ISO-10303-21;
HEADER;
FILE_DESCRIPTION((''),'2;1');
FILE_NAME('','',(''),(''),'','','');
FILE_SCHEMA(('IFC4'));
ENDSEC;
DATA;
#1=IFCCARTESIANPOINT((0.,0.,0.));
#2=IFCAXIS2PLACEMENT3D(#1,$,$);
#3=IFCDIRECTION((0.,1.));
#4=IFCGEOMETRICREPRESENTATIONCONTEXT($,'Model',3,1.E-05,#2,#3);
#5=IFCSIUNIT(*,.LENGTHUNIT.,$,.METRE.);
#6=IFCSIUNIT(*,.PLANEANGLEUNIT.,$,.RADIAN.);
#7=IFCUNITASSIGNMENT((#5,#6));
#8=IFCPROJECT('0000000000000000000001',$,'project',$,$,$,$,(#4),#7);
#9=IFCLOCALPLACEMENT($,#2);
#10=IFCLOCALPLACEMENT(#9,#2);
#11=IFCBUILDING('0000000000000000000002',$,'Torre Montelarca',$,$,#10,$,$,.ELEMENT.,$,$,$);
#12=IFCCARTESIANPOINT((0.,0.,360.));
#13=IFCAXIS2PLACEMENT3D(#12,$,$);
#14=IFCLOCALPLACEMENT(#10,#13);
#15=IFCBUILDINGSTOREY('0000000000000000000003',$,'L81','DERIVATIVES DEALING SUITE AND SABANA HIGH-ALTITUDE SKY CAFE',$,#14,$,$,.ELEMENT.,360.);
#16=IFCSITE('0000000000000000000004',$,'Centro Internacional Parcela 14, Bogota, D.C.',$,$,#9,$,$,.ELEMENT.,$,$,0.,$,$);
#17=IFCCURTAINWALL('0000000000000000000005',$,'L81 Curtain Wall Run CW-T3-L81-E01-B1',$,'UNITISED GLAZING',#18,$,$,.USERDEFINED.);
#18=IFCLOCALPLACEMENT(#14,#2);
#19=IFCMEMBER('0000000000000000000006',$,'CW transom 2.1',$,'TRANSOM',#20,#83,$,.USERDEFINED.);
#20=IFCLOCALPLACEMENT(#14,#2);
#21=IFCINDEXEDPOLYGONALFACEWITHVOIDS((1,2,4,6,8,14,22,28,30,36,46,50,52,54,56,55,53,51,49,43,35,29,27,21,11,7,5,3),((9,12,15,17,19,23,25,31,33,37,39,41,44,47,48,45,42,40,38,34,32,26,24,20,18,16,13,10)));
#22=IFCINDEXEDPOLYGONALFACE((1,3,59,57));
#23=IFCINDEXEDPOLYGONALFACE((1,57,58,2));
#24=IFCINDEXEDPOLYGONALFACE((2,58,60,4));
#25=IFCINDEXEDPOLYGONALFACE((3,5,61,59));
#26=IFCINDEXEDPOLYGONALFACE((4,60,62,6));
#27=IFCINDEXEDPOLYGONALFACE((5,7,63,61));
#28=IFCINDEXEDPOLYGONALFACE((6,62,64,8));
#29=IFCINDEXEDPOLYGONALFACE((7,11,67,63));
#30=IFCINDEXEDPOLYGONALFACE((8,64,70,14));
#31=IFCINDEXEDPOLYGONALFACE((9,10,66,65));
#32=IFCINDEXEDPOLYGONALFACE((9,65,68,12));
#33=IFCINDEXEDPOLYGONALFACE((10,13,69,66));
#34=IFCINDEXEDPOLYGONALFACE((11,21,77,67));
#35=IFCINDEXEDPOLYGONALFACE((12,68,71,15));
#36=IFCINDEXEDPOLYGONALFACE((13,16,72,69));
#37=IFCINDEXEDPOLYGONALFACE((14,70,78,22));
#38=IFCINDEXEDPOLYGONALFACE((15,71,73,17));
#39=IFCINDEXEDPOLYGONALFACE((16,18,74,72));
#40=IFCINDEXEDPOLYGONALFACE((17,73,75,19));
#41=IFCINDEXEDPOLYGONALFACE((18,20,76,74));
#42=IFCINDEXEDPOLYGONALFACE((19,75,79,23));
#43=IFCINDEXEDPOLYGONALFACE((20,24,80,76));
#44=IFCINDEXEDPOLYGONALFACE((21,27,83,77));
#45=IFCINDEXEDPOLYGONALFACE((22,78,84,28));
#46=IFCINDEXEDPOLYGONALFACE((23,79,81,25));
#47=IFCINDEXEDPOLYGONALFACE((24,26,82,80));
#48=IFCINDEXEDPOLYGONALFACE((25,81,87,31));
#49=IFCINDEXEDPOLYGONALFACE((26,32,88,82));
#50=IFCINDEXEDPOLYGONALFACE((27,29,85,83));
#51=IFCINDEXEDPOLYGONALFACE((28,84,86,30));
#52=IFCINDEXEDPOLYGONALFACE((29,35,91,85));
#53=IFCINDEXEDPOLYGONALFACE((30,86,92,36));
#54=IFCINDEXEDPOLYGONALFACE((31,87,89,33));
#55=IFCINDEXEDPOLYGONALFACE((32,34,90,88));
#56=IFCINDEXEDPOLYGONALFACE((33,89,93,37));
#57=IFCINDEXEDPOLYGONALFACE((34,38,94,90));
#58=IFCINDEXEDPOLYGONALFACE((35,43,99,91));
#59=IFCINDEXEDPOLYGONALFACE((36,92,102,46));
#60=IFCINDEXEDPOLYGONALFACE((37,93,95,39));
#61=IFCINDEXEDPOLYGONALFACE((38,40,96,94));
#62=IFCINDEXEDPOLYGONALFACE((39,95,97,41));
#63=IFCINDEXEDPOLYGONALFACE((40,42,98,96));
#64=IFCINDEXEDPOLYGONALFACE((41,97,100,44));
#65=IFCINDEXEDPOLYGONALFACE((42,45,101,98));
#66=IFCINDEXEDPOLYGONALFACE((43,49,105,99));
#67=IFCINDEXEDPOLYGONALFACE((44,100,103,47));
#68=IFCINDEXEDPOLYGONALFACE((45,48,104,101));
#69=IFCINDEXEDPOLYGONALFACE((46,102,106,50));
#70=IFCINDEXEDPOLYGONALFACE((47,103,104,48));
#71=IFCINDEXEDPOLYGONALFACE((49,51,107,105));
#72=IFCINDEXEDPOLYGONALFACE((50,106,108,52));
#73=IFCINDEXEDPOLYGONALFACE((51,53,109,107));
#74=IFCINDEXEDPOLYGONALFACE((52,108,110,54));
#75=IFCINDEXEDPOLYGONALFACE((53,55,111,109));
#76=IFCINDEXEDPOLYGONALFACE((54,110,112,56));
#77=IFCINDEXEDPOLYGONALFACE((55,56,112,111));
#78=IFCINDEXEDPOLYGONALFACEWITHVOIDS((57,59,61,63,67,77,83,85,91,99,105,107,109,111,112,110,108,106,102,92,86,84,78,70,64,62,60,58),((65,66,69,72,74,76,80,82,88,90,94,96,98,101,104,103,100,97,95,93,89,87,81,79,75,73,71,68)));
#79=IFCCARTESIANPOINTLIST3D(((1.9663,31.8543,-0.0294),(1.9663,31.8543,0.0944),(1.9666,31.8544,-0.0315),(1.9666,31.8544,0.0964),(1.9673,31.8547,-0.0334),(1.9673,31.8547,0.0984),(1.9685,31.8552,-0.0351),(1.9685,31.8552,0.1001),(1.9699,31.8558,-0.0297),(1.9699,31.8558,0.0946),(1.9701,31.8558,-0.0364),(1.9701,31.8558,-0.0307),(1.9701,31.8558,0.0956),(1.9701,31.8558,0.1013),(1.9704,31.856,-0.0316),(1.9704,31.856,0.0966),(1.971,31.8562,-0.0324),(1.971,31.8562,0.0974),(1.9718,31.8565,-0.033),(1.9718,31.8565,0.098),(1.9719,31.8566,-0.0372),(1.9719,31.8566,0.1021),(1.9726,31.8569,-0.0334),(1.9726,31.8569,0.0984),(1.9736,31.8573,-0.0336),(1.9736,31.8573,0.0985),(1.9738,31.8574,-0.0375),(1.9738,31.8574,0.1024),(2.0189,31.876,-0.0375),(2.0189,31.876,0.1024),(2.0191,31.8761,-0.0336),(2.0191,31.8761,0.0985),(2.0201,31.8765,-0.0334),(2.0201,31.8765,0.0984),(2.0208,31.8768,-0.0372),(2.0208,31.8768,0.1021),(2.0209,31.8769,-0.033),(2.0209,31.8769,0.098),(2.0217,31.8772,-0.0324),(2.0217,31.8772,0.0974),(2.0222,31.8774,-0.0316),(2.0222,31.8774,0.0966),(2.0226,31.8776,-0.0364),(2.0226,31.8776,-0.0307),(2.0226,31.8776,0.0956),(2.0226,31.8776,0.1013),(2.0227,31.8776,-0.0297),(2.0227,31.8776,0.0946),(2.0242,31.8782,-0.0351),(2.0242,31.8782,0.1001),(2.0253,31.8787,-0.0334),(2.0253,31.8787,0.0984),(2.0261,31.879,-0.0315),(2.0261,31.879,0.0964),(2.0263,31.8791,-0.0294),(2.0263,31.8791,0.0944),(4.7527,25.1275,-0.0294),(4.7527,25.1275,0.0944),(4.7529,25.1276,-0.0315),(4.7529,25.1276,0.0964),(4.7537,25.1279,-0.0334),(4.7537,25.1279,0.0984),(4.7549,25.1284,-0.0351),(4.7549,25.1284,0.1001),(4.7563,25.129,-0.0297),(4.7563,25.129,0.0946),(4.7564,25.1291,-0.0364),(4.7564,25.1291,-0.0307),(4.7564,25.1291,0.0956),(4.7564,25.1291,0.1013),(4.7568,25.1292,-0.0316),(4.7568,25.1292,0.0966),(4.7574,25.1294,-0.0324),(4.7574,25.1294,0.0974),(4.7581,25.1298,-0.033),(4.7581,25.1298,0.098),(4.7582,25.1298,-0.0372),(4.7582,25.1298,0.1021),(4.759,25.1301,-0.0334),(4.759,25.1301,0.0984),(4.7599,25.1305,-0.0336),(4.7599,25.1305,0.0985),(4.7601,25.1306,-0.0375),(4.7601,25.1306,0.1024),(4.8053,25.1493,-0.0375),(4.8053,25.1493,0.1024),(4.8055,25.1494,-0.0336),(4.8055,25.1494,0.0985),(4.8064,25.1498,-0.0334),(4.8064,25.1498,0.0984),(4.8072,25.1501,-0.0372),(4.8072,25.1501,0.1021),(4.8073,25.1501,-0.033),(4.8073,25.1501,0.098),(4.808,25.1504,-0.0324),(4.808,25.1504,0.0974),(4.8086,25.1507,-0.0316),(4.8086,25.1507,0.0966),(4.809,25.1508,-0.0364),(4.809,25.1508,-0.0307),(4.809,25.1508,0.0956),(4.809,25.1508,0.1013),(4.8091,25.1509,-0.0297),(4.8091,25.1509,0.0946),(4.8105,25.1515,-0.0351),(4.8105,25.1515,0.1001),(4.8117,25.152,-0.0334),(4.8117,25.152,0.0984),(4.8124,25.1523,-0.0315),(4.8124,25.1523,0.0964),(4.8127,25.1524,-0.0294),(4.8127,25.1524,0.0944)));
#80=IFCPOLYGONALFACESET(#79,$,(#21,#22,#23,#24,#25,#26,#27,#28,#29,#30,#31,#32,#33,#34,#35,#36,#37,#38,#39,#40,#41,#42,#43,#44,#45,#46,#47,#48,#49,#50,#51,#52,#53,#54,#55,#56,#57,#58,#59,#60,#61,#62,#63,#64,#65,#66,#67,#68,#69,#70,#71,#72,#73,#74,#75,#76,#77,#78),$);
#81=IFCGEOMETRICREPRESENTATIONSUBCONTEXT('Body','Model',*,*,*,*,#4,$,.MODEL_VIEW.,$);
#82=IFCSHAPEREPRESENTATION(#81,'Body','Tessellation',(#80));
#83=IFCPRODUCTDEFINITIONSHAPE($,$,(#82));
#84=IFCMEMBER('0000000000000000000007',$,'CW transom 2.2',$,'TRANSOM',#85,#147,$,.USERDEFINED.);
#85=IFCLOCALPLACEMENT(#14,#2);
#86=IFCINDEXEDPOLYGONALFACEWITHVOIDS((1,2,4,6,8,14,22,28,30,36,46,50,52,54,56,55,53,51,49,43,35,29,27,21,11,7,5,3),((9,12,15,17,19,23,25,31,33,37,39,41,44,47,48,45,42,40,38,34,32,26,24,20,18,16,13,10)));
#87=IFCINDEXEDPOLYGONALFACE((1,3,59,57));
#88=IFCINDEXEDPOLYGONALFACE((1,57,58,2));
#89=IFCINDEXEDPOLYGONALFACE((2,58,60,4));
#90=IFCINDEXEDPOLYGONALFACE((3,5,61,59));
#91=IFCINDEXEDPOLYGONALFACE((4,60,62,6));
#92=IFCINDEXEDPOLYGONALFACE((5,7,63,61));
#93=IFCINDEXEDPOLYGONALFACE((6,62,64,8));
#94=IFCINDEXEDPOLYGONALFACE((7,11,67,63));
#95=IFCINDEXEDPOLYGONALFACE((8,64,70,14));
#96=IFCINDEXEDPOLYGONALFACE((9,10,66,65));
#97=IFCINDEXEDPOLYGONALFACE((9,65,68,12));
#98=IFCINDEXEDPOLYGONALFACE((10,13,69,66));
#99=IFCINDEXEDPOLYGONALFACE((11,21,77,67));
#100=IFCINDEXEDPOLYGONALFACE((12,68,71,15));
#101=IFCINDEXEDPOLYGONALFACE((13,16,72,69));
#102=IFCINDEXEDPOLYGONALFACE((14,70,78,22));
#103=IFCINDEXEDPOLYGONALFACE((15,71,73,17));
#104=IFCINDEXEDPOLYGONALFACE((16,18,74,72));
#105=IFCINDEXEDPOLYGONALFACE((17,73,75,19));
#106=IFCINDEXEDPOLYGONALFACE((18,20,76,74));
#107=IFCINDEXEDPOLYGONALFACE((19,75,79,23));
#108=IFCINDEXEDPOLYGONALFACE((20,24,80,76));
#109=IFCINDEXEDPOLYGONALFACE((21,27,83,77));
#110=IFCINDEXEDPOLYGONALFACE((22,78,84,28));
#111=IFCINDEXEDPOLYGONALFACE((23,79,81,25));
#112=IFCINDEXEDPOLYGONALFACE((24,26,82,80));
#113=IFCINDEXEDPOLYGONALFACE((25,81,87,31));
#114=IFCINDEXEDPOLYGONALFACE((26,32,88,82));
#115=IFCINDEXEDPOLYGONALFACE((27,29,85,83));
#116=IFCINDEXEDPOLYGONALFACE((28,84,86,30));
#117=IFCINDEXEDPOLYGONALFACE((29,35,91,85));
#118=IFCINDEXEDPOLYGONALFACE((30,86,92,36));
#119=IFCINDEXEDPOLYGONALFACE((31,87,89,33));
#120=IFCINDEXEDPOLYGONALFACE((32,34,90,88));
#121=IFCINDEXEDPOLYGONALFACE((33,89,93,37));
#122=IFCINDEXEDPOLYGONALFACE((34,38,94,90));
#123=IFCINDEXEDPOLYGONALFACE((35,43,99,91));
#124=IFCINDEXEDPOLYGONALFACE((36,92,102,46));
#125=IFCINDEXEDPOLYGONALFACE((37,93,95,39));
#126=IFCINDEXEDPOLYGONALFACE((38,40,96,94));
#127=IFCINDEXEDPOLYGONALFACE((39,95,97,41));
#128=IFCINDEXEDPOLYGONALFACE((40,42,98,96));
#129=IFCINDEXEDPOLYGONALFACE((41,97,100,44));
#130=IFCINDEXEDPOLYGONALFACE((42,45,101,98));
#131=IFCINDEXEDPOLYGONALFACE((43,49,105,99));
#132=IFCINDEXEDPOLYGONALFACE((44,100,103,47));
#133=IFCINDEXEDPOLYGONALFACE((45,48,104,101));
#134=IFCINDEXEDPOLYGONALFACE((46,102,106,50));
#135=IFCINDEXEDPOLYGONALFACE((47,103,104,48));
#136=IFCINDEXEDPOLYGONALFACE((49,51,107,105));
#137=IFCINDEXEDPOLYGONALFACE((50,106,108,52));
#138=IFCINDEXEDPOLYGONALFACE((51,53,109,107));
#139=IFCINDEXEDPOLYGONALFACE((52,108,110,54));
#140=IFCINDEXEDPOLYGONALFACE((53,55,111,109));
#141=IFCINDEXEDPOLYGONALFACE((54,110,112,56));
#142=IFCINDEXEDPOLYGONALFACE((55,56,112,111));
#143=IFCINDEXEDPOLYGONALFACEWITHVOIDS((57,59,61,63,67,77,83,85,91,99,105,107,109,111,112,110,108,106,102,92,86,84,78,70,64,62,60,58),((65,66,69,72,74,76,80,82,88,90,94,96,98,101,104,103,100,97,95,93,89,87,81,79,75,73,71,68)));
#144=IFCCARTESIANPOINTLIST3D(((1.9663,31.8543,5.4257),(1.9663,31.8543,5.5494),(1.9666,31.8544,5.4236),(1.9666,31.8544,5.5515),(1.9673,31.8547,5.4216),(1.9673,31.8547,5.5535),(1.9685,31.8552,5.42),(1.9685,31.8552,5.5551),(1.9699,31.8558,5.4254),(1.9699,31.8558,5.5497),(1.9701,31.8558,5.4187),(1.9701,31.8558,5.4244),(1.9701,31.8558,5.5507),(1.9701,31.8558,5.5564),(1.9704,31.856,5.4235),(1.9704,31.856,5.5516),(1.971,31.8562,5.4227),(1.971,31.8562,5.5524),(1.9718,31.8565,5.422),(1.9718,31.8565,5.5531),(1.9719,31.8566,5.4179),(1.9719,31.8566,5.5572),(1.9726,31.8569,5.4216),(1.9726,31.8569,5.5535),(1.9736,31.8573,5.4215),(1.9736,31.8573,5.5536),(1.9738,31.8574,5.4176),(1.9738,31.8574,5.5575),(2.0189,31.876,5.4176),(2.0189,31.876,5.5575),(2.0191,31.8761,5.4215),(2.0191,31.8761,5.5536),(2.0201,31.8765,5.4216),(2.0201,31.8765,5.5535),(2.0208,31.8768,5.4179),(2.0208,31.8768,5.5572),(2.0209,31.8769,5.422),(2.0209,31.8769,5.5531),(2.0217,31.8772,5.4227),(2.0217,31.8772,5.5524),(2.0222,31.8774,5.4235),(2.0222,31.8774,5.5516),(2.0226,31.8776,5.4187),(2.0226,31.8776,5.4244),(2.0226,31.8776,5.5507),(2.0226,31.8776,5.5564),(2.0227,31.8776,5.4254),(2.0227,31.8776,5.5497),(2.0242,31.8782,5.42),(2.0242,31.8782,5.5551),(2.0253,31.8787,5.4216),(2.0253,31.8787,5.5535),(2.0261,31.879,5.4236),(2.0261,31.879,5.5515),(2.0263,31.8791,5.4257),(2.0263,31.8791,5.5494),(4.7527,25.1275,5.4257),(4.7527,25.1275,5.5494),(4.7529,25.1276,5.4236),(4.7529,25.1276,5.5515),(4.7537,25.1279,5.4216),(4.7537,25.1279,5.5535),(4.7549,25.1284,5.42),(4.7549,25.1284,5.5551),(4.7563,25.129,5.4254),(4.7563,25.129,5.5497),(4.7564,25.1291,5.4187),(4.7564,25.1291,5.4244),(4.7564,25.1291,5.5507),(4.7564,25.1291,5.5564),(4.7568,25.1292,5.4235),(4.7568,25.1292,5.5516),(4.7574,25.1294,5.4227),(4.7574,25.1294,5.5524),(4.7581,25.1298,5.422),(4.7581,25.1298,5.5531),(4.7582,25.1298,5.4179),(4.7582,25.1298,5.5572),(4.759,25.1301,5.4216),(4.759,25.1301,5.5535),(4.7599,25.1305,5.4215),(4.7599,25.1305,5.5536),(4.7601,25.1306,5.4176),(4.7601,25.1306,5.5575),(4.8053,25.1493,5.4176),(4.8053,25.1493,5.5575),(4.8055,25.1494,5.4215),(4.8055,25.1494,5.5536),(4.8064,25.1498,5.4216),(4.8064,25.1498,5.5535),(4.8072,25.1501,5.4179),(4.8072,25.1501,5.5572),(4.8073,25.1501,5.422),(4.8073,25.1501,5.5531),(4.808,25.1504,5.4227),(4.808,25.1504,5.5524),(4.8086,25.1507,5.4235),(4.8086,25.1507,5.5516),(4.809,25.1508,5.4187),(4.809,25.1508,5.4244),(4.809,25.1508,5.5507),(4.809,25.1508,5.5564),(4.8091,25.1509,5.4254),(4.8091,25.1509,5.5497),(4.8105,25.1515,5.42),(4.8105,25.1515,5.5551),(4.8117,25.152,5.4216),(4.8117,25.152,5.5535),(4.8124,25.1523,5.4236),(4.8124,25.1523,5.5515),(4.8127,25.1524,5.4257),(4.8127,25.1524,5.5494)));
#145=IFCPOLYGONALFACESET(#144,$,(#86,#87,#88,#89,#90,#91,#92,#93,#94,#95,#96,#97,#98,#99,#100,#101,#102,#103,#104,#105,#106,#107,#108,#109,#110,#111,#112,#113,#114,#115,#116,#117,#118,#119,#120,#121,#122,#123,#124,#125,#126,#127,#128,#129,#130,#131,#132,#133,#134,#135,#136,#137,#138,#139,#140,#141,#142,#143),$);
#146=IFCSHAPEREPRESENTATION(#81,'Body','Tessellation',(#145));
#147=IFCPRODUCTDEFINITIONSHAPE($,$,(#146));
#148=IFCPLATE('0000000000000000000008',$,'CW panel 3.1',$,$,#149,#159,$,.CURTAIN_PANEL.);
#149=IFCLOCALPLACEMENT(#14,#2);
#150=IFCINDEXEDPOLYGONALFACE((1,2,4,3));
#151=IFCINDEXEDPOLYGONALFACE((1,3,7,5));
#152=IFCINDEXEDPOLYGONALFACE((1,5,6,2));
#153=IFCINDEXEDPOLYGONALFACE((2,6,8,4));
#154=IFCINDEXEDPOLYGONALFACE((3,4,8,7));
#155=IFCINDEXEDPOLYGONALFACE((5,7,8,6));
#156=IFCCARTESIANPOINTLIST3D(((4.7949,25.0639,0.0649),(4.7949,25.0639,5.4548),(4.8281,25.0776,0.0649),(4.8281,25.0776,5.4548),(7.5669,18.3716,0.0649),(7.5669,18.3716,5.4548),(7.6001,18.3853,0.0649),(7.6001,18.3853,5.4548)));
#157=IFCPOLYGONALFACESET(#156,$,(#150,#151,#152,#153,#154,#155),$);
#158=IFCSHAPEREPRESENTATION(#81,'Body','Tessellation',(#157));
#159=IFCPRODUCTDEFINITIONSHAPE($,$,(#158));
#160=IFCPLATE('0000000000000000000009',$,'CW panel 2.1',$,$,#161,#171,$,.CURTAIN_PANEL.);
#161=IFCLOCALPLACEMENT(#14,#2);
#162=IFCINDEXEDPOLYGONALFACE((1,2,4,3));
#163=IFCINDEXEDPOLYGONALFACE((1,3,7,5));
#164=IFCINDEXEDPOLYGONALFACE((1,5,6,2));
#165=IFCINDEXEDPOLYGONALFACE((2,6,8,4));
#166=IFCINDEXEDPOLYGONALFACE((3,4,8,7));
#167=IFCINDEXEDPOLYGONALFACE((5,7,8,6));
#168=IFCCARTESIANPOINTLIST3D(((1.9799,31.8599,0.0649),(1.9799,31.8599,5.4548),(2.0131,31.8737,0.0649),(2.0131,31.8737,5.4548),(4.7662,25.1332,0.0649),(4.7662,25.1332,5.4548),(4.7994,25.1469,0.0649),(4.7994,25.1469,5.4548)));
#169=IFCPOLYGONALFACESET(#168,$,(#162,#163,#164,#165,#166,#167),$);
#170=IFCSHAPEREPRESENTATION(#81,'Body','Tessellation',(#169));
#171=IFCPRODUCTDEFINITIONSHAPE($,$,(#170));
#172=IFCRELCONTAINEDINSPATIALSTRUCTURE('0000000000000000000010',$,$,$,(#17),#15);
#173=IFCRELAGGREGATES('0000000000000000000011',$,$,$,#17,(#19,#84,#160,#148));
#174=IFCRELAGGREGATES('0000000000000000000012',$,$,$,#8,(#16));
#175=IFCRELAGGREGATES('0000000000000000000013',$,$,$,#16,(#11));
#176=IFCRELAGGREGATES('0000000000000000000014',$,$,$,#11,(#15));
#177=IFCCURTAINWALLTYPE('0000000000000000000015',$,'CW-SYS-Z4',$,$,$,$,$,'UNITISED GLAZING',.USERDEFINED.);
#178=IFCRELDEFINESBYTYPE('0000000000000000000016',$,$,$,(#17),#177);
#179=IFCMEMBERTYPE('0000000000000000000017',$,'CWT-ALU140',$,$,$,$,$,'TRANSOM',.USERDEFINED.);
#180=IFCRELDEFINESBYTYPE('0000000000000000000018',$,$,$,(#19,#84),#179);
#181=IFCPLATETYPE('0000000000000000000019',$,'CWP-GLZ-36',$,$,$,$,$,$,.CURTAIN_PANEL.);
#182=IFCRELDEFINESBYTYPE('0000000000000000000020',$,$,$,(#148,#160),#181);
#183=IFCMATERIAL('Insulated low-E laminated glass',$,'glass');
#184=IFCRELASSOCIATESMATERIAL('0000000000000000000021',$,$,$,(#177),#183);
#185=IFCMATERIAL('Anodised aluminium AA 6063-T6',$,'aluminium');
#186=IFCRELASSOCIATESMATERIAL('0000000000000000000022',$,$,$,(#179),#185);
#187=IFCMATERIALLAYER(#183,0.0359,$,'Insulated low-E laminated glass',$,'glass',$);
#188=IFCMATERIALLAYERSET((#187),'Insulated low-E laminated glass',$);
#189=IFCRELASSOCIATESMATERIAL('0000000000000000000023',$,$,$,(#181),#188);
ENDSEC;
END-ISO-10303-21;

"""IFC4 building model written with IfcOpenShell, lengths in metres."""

from ifc_helpers import new_model, si_unit, direction, frame, origin, origin_2d, place, context, subcontext, project, spatial, rectangle, hollow_rectangle, extrude, source, transform, mapped, material, layer, layer_set, material_profile, profile_set, type_object, element, aggregate, save


model = new_model("IFC4")

# Units and contexts
model_context = context("Model", 3, precision=1e-05, world=origin(), true_north=direction((0.0, 1.0)))
body_context = subcontext(model_context, "Body", "Model", "MODEL_VIEW")
ifc_project = project(units=[si_unit("LENGTHUNIT", "METRE"), si_unit("PLANEANGLEUNIT", "RADIAN")], contexts=[model_context])

# Site, building, storey
site_placement = place(None, origin())
site = spatial("IfcSite", under=ifc_project, at=site_placement, Name="Centro Internacional Parcela 14, Bogota, D.C.", CompositionType="ELEMENT", RefElevation=0.0)
building_placement = place(site_placement, origin())
building = spatial("IfcBuilding", under=site, at=building_placement, Name="Torre Montelarca", CompositionType="ELEMENT")
storey_placement = place(building_placement, frame((0.0, 0.0, 360.0)))
storey = spatial("IfcBuildingStorey", under=building, at=storey_placement, Name="L81", Description="DERIVATIVES DEALING SUITE AND SABANA HIGH-ALTITUDE SKY CAFE", CompositionType="ELEMENT", Elevation=360.0)

# Curtain wall, members, plates
ifc_material_1 = material(Name="Insulated low-E laminated glass", Category="glass")
curtain_wall_type = type_object("IfcCurtainWallType", Name="CW-SYS-Z4", ElementType="UNITISED GLAZING", PredefinedType="USERDEFINED", material=ifc_material_1)
curtain_wall_placement = place(storey_placement, origin())
curtain_wall = element("IfcCurtainWall", 1, at=curtain_wall_placement, inside=storey, type_object=curtain_wall_type, Name="L81 Curtain Wall Run CW-T3-L81-E01-B1", ObjectType="UNITISED GLAZING", PredefinedType="USERDEFINED")
ifc_material_2 = material(Name="Anodised aluminium AA 6063-T6", Category="aluminium")
ifc_material_profile_1 = material_profile(ifc_material_2, hollow_rectangle(XDim=0.0649, YDim=0.1399, WallThickness=0.0039, InnerFilletRadius=0.0039, OuterFilletRadius=0.0081, at=origin_2d()), Name="ALU65X140X4", Category="aluminium")
ifc_profile_set_1 = profile_set([ifc_material_profile_1], Name="Anodised aluminium AA 6063-T6")
member_type_1 = type_object("IfcMemberType", Name="CWT-ALU140", ElementType="TRANSOM", PredefinedType="USERDEFINED", material=ifc_profile_set_1)
shared_shape_1 = source(origin(), body_context, "Body", "SweptSolid", [
    extrude(hollow_rectangle(XDim=0.0649, YDim=0.1399, WallThickness=0.0039, InnerFilletRadius=0.0039, OuterFilletRadius=0.0081, at=origin_2d()), origin(), (0.0, 0.0, 1.0), 7.281),
])
member_1_placement = place(storey_placement, frame((1.9963, 31.8667, 0.0325), z_axis=(0.382688, -0.923877, 0.0), x_axis=(0.923877, 0.382688, 0.0)))
member_1 = element("IfcMember", 2, at=member_1_placement, type_object=member_type_1, Name="CW transom 2.1", ObjectType="TRANSOM", PredefinedType="USERDEFINED", context=body_context, shape_type="MappedRepresentation", body=[
    mapped(shared_shape_1, transform((0.0, 0.0, 0.0), scale=1.0)),
])
member_2_placement = place(storey_placement, frame((1.9963, 31.8667, 5.4875), z_axis=(0.382688, -0.923877, 0.0), x_axis=(0.923877, 0.382688, 0.0)))
member_2 = element("IfcMember", 3, at=member_2_placement, type_object=member_type_1, Name="CW transom 2.2", ObjectType="TRANSOM", PredefinedType="USERDEFINED", context=body_context, shape_type="MappedRepresentation", body=[
    mapped(shared_shape_1, transform((0.0, 0.0, 0.0), scale=1.0)),
])
ifc_layer_1 = layer(ifc_material_1, 0.0359, Name="Insulated low-E laminated glass", Category="glass")
ifc_layer_set_1 = layer_set([ifc_layer_1], Name="Insulated low-E laminated glass")
plate_type = type_object("IfcPlateType", Name="CWP-GLZ-36", PredefinedType="CURTAIN_PANEL", material=ifc_layer_set_1)
shared_shape_2 = source(origin(), body_context, "Body", "SweptSolid", [
    extrude(rectangle(XDim=7.2437, YDim=0.0359, at=origin_2d()), origin(), (0.0, 0.0, 1.0), 5.3899),
])
plate_1_placement = place(storey_placement, frame((6.1975, 21.7246, 0.0649), z_axis=(0.0, 0.0, 1.0), x_axis=(0.382681, -0.92388, 0.0)))
plate_1 = element("IfcPlate", 4, at=plate_1_placement, type_object=plate_type, Name="CW panel 3.1", PredefinedType="CURTAIN_PANEL", context=body_context, shape_type="MappedRepresentation", body=[
    mapped(shared_shape_2, transform((0.0, 0.0, 0.0), scale=1.0)),
])
shared_shape_3 = source(origin(), body_context, "Body", "SweptSolid", [
    extrude(rectangle(XDim=7.281, YDim=0.0359, at=origin_2d()), origin(), (0.0, 0.0, 1.0), 5.3899),
])
plate_2_placement = place(storey_placement, frame((3.3896, 28.5034, 0.0649), z_axis=(0.0, 0.0, 1.0), x_axis=(0.382681, -0.92388, 0.0)))
plate_2 = element("IfcPlate", 5, at=plate_2_placement, type_object=plate_type, Name="CW panel 2.1", PredefinedType="CURTAIN_PANEL", context=body_context, shape_type="MappedRepresentation", body=[
    mapped(shared_shape_3, transform((0.0, 0.0, 0.0), scale=1.0)),
])
aggregate(curtain_wall, [member_1, member_2, plate_2, plate_1])

save(model, "model.ifc")
